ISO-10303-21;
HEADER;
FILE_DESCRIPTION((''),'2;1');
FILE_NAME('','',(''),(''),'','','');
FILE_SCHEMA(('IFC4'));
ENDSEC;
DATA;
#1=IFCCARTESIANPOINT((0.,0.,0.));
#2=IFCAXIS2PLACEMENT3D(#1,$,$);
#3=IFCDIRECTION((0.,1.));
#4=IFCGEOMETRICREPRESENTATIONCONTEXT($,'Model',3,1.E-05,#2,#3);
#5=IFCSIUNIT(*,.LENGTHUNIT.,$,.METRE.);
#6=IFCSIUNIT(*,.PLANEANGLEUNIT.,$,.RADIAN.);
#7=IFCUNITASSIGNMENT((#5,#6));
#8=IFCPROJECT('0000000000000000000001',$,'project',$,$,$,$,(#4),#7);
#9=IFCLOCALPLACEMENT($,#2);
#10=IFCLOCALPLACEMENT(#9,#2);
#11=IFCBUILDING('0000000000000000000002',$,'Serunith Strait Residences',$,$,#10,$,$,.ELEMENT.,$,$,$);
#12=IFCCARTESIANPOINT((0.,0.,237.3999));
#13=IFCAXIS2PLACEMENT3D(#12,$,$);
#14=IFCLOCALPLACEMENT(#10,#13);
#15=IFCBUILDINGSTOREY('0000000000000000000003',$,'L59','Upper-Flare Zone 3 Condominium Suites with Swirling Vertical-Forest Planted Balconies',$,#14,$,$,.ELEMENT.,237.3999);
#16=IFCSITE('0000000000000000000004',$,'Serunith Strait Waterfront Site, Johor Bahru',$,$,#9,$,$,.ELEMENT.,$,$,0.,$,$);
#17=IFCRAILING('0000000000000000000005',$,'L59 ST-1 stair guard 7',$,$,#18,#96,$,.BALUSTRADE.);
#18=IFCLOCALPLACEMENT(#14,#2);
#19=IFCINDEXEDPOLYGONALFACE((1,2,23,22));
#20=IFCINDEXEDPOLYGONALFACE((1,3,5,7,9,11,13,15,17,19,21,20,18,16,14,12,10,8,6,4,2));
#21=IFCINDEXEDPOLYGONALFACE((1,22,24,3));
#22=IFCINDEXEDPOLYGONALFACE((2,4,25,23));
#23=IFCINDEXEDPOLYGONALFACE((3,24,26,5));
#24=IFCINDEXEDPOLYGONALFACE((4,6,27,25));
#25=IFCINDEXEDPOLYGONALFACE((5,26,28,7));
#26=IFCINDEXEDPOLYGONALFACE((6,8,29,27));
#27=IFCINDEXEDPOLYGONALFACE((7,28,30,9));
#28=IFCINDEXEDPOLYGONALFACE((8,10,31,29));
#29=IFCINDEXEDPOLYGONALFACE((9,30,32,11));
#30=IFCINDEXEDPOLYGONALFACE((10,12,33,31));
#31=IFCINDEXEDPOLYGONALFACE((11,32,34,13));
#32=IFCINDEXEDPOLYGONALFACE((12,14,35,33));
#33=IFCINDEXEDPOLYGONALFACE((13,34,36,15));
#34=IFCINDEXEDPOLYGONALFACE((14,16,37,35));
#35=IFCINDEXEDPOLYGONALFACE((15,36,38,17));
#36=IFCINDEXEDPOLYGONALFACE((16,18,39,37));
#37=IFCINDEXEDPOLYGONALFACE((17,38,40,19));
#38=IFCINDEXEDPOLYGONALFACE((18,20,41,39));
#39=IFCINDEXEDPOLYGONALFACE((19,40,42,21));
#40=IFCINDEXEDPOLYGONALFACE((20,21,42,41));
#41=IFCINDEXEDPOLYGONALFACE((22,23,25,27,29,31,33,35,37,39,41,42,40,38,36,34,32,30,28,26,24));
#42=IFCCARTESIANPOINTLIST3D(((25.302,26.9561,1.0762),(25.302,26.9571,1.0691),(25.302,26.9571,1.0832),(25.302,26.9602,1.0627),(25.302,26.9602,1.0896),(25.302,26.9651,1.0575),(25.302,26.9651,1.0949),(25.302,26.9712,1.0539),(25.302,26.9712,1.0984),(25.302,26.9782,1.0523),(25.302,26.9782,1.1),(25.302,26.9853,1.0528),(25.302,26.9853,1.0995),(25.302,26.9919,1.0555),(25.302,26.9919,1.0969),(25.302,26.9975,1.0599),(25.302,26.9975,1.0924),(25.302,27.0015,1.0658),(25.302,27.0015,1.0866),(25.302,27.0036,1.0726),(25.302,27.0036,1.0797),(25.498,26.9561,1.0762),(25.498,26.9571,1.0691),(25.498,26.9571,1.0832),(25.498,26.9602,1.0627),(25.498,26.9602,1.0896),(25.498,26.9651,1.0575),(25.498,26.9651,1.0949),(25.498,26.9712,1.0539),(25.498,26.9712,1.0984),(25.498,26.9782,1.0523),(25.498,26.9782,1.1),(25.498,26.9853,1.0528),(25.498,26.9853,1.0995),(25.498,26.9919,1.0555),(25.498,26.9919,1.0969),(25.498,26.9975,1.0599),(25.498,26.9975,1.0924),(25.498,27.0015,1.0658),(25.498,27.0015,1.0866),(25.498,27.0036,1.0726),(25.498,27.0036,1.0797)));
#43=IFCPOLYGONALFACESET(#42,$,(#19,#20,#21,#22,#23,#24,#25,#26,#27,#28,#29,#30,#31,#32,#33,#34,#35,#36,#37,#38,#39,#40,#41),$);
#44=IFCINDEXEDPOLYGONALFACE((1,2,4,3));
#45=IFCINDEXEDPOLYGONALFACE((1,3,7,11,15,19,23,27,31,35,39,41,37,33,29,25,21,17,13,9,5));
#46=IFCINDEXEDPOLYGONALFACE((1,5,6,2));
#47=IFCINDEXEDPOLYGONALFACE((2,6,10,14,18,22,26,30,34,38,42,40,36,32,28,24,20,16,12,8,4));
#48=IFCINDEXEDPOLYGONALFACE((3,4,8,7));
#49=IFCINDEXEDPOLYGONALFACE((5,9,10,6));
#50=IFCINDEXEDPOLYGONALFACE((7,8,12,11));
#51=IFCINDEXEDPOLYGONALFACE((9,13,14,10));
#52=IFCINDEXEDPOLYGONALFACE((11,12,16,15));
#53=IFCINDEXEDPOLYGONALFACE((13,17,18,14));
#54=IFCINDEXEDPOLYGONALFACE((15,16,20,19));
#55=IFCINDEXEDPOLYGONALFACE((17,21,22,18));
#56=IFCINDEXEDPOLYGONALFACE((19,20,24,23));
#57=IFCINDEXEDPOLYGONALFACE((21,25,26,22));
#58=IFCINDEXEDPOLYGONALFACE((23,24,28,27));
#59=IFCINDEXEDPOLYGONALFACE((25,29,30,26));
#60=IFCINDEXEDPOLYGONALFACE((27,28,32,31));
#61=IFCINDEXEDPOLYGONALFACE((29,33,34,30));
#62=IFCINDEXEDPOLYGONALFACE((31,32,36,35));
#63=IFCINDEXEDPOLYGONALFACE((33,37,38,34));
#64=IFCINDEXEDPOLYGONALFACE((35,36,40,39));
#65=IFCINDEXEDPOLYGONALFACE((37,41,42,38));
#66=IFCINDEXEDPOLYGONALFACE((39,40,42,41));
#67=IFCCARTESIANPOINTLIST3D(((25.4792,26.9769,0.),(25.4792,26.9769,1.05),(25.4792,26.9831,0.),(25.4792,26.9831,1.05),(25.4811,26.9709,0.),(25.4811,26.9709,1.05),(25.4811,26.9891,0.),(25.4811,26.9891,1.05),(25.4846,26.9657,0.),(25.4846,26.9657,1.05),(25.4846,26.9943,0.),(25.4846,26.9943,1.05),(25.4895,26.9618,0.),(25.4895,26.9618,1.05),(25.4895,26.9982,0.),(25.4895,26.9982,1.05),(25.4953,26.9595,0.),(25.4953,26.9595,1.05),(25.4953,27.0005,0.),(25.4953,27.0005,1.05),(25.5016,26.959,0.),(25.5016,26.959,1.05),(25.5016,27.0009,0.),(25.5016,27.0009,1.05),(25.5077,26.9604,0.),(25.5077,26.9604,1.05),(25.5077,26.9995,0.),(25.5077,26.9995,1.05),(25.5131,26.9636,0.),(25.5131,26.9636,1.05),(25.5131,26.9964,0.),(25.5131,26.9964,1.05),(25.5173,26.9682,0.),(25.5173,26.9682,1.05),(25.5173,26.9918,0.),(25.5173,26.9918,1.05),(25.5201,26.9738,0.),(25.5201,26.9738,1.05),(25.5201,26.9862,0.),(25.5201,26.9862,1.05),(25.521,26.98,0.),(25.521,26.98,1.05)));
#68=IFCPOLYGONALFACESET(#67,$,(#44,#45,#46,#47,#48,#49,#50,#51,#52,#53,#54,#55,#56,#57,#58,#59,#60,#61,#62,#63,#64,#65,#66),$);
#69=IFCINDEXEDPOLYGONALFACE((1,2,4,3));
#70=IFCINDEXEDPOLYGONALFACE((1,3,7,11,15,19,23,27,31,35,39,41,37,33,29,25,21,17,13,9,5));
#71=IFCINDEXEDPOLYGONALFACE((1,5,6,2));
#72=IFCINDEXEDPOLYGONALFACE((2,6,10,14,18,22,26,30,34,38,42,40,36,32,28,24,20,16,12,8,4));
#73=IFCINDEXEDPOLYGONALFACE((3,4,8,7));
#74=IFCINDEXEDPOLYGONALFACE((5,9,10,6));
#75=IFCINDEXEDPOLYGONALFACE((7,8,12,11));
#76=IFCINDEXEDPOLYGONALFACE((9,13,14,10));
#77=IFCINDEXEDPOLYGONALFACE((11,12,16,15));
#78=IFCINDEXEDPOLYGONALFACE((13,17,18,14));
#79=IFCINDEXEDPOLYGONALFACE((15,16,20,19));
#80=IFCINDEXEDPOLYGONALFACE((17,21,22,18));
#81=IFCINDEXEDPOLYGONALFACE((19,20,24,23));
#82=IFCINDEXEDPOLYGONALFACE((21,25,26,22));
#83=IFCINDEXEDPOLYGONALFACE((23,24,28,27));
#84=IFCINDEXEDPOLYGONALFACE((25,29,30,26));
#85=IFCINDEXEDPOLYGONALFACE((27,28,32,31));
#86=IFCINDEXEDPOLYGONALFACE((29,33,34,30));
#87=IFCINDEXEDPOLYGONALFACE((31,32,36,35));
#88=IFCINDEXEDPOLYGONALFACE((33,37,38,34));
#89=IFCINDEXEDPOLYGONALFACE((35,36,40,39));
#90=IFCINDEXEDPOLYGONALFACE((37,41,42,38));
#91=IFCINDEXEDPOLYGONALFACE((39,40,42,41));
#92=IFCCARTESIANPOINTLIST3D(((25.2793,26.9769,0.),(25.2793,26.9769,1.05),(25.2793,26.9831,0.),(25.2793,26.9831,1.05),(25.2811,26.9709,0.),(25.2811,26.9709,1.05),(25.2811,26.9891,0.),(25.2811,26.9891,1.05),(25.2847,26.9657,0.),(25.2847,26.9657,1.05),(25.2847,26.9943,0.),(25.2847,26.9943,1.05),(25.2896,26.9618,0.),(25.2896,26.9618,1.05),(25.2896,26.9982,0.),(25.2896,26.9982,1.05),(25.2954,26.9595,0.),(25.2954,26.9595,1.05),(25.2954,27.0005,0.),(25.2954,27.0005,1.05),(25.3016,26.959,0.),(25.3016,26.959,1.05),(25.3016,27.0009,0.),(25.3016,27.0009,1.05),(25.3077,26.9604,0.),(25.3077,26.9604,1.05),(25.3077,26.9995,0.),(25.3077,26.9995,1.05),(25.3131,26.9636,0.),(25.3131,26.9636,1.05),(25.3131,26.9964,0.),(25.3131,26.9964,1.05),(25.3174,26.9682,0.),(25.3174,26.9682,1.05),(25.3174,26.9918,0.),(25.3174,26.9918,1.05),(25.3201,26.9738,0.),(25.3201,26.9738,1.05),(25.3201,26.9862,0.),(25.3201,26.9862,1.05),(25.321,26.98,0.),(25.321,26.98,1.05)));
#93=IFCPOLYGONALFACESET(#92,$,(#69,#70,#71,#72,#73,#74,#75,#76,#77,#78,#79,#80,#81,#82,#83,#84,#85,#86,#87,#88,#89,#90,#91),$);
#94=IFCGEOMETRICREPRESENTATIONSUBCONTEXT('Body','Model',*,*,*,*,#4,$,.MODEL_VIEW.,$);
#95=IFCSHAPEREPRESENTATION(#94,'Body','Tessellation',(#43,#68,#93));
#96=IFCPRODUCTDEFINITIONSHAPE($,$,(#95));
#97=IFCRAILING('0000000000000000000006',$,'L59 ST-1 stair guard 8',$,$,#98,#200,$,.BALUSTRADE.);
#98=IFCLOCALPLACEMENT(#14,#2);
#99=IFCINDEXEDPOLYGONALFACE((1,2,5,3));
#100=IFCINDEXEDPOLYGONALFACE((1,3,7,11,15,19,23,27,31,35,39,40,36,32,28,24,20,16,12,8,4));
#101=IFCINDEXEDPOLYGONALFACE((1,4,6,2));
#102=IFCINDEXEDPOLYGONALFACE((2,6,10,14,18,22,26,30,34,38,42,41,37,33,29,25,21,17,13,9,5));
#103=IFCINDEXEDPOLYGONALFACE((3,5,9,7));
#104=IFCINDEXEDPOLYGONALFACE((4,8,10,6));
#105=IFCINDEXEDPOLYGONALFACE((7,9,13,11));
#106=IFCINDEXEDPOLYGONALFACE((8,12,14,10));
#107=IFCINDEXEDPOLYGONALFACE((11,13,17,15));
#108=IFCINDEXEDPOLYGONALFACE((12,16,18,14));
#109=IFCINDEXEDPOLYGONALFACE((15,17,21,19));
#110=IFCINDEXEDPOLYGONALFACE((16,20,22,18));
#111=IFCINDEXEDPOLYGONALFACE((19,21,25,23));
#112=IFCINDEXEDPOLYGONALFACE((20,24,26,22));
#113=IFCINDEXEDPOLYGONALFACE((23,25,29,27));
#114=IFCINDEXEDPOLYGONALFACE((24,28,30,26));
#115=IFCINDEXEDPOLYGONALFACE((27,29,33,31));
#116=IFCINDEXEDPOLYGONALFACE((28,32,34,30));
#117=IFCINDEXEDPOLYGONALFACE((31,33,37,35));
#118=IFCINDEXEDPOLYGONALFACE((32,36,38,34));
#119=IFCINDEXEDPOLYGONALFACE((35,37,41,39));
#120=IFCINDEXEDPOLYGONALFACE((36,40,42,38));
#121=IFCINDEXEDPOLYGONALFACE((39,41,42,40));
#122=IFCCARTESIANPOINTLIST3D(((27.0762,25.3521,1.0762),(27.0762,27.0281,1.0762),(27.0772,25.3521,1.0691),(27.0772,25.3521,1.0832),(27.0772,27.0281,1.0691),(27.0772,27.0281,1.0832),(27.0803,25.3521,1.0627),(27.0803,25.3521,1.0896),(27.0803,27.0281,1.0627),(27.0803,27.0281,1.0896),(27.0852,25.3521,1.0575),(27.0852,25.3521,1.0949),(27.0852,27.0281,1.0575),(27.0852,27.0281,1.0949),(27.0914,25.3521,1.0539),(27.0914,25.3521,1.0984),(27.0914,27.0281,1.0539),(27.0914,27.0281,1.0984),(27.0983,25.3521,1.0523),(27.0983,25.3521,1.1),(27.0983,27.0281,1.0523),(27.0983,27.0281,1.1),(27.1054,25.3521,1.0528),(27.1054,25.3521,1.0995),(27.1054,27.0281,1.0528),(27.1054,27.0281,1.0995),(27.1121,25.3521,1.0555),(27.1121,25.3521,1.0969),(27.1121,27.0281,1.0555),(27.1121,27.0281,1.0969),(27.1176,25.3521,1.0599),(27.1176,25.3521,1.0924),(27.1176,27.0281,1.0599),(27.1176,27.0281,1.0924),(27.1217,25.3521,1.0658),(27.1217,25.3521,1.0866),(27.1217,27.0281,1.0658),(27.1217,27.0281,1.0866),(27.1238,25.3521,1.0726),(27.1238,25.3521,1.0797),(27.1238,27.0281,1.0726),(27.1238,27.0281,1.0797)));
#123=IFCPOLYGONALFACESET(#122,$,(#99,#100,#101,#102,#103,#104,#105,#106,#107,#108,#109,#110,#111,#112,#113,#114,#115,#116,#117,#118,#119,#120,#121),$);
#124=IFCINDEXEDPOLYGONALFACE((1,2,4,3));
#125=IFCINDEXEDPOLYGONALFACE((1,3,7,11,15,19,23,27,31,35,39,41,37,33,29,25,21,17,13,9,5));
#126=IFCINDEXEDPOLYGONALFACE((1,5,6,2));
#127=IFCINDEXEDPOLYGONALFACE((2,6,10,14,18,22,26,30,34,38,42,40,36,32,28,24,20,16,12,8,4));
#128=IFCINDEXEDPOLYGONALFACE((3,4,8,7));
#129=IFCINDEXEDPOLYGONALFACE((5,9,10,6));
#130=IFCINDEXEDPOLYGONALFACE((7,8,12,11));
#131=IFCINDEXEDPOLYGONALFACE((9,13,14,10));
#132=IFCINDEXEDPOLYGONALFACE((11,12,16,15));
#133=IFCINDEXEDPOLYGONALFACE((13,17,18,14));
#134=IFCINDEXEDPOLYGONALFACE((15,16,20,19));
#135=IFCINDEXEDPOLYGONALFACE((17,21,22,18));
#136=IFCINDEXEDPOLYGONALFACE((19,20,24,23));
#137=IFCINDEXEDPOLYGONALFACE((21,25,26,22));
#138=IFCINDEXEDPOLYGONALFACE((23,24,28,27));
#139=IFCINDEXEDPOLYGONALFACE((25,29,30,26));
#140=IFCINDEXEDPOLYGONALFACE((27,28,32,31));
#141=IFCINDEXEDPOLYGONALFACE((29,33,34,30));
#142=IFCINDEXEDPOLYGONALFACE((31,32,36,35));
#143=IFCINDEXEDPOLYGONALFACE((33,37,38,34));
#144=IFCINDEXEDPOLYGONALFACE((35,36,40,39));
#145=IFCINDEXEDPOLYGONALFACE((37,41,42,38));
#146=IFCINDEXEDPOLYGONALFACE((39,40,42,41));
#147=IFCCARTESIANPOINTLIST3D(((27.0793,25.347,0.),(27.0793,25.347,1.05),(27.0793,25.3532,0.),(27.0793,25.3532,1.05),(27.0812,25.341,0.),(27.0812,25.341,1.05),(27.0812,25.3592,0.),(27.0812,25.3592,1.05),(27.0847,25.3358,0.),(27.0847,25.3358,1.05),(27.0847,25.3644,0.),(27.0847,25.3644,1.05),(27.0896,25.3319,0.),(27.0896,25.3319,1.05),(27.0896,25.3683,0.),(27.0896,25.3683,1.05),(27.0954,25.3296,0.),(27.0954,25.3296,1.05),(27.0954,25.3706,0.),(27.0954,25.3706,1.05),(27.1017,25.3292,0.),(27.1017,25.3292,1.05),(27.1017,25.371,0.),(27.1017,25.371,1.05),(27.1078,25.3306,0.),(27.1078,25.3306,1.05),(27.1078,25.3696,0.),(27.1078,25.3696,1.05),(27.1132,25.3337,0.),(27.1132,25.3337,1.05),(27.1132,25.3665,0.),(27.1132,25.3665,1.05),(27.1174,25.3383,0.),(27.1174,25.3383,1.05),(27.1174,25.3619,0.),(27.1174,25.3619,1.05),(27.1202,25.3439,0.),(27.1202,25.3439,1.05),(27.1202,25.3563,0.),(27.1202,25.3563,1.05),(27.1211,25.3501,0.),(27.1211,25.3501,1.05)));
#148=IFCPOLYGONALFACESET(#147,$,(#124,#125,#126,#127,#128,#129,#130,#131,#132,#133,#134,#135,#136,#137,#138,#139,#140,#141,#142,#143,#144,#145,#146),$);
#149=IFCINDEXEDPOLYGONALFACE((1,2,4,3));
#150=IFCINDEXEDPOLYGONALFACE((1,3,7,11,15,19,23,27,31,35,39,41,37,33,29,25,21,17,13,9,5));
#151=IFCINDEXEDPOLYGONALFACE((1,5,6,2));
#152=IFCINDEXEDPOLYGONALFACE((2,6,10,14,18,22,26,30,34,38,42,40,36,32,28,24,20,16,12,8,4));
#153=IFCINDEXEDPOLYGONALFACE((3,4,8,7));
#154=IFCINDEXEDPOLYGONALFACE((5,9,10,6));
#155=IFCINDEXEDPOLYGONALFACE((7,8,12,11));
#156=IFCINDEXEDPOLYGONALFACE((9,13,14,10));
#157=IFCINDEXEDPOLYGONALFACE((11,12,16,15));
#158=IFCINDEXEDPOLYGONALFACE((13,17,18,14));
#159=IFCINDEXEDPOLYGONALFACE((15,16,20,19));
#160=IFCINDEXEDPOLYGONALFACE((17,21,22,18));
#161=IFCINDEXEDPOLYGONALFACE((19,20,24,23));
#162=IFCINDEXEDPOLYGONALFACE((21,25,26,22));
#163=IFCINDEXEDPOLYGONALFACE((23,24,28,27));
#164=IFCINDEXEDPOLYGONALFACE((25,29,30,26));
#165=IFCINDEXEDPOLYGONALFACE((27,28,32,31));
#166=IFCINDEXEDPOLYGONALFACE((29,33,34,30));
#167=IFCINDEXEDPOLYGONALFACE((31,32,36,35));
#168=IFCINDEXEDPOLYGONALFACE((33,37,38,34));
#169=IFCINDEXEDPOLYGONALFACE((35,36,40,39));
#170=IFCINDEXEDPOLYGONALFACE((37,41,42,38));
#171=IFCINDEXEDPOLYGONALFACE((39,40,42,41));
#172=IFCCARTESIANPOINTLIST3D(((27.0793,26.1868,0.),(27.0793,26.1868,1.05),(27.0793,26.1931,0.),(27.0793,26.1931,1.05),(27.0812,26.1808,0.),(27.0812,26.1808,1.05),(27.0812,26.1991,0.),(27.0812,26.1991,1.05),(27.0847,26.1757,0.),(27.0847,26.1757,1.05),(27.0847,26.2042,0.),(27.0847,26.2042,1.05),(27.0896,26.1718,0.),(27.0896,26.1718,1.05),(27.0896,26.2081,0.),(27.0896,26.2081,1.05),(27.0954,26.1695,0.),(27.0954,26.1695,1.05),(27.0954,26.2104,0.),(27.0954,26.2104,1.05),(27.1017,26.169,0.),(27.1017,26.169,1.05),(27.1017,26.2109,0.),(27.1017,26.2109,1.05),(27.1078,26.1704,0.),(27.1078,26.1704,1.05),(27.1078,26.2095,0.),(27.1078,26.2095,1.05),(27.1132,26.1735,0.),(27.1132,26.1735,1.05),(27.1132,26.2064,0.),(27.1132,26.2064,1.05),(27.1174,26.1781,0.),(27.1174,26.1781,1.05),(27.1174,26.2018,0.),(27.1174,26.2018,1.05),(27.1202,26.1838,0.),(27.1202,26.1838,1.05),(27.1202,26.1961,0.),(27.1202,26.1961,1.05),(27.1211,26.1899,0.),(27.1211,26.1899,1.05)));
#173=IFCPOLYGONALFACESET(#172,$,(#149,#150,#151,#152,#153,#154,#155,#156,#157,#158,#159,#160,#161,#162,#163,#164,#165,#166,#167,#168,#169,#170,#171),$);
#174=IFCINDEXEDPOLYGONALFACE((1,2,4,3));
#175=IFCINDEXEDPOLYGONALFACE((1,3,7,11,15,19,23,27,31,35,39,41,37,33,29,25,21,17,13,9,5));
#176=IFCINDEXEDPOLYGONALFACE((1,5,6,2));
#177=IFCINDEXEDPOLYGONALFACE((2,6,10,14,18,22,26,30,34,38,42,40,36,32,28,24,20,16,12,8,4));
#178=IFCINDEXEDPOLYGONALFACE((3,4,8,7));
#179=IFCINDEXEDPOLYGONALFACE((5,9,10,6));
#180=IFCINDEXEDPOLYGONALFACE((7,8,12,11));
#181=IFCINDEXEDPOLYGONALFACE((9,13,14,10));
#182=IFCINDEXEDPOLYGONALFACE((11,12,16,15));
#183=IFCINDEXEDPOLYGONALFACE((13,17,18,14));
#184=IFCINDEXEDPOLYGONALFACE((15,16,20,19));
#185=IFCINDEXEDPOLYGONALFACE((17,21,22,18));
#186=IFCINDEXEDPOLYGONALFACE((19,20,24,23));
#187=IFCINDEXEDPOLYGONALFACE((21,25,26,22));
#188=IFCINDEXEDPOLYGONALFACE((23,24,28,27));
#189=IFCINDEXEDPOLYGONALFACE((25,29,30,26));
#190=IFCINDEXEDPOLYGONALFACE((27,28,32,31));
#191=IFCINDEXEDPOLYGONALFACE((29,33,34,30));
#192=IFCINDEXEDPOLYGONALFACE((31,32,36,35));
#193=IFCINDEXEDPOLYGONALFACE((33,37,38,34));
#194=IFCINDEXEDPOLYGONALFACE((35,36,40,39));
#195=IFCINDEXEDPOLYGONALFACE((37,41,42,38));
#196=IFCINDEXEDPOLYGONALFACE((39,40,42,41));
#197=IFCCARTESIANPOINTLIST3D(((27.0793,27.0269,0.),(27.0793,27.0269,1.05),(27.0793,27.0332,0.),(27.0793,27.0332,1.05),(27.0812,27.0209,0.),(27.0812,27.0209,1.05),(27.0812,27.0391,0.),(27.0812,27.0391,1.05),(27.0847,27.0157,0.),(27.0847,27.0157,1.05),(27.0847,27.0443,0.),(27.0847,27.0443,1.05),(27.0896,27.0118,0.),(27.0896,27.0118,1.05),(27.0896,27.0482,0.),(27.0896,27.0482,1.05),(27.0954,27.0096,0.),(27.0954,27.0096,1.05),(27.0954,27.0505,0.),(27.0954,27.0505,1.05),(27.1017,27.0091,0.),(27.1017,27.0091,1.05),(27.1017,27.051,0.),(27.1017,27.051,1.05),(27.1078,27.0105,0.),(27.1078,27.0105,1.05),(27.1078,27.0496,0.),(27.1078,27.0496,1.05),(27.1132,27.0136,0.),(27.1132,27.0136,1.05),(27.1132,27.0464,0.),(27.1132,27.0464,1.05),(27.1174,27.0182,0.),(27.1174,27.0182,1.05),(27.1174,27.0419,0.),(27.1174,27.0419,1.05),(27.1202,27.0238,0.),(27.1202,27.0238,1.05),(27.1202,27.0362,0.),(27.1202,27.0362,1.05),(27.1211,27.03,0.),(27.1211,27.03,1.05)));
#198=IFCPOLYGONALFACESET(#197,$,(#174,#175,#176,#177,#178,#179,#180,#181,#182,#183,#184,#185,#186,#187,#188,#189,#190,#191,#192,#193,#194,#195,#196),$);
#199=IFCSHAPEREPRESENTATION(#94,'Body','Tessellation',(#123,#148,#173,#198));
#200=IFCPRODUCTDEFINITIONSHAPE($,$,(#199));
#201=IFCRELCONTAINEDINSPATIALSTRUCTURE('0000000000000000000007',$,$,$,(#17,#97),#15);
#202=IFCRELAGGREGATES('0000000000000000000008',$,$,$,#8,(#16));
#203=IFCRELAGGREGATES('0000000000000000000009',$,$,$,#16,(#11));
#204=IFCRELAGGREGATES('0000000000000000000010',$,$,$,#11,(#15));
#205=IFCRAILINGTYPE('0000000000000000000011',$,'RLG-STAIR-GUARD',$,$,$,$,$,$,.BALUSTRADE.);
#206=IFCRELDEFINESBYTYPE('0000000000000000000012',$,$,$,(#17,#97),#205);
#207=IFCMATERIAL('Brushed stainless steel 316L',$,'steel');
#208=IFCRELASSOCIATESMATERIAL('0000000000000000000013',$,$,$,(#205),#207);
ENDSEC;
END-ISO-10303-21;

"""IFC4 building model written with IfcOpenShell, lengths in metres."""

from ifc_helpers import new_model, si_unit, direction, frame, origin, origin_2d, place, context, subcontext, project, spatial, circle, extrude, material, type_object, element, save


model = new_model("IFC4")

# Units and contexts
model_context = context("Model", 3, precision=1e-05, world=origin(), true_north=direction((0.0, 1.0)))
body_context = subcontext(model_context, "Body", "Model", "MODEL_VIEW")
ifc_project = project(units=[si_unit("LENGTHUNIT", "METRE"), si_unit("PLANEANGLEUNIT", "RADIAN")], contexts=[model_context])

# Site, building, storey
site_placement = place(None, origin())
site = spatial("IfcSite", under=ifc_project, at=site_placement, Name="Serunith Strait Waterfront Site, Johor Bahru", CompositionType="ELEMENT", RefElevation=0.0)
building_placement = place(site_placement, origin())
building = spatial("IfcBuilding", under=site, at=building_placement, Name="Serunith Strait Residences", CompositionType="ELEMENT")
storey_placement = place(building_placement, frame((0.0, 0.0, 237.3999)))
storey = spatial("IfcBuildingStorey", under=building, at=storey_placement, Name="L59", Description="Upper-Flare Zone 3 Condominium Suites with Swirling Vertical-Forest Planted Balconies", CompositionType="ELEMENT", Elevation=237.3999)

# Railings
ifc_material_1 = material(Name="Brushed stainless steel 316L", Category="steel")
railing_type_1 = type_object("IfcRailingType", Name="RLG-STAIR-GUARD", PredefinedType="BALUSTRADE", material=ifc_material_1)
railing_1_placement = place(storey_placement, frame((25.5, 26.98, 0.0)))
element("IfcRailing", 1, at=railing_1_placement, inside=storey, type_object=railing_type_1, Name="L59 ST-1 stair guard 7", PredefinedType="BALUSTRADE", context=body_context, shape_type="SweptSolid", body=[
    extrude(circle(Radius=0.0239, at=origin_2d()), frame((-0.002, 0.0, 1.0762), z_axis=(-1.0, 0.0, 0.0), x_axis=(0.0, -1.0, 0.0)), (0.0, 0.0, 1.0), 0.196),
    extrude(circle(Radius=0.021, at=origin_2d()), origin(), (0.0, 0.0, 1.0), 1.05),
    extrude(circle(Radius=0.021, at=origin_2d()), frame((-0.2, 0.0, 0.0)), (0.0, 0.0, 1.0), 1.05),
])
for number, where, name in (
    (2, (27.1001, 25.3501, 0.0), "L59 ST-1 stair guard 8"),
):
    element("IfcRailing", number, at=place(storey_placement, frame(where)), inside=storey, type_object=railing_type_1, Name=name, PredefinedType="BALUSTRADE", context=body_context, shape_type="SweptSolid", body=[
        extrude(circle(Radius=0.0239, at=origin_2d()), frame((0.0, 0.002, 1.0762), z_axis=(0.0, 1.0, 0.0), x_axis=(-1.0, 0.0, 0.0)), (0.0, 0.0, 1.0), 1.676),
        extrude(circle(Radius=0.021, at=origin_2d()), origin(), (0.0, 0.0, 1.0), 1.05),
        extrude(circle(Radius=0.021, at=origin_2d()), frame((0.0, 0.8398, 0.0)), (0.0, 0.0, 1.0), 1.05),
        extrude(circle(Radius=0.021, at=origin_2d()), frame((0.0, 1.6799, 0.0)), (0.0, 0.0, 1.0), 1.05),
    ])

save(model, "model.ifc")
